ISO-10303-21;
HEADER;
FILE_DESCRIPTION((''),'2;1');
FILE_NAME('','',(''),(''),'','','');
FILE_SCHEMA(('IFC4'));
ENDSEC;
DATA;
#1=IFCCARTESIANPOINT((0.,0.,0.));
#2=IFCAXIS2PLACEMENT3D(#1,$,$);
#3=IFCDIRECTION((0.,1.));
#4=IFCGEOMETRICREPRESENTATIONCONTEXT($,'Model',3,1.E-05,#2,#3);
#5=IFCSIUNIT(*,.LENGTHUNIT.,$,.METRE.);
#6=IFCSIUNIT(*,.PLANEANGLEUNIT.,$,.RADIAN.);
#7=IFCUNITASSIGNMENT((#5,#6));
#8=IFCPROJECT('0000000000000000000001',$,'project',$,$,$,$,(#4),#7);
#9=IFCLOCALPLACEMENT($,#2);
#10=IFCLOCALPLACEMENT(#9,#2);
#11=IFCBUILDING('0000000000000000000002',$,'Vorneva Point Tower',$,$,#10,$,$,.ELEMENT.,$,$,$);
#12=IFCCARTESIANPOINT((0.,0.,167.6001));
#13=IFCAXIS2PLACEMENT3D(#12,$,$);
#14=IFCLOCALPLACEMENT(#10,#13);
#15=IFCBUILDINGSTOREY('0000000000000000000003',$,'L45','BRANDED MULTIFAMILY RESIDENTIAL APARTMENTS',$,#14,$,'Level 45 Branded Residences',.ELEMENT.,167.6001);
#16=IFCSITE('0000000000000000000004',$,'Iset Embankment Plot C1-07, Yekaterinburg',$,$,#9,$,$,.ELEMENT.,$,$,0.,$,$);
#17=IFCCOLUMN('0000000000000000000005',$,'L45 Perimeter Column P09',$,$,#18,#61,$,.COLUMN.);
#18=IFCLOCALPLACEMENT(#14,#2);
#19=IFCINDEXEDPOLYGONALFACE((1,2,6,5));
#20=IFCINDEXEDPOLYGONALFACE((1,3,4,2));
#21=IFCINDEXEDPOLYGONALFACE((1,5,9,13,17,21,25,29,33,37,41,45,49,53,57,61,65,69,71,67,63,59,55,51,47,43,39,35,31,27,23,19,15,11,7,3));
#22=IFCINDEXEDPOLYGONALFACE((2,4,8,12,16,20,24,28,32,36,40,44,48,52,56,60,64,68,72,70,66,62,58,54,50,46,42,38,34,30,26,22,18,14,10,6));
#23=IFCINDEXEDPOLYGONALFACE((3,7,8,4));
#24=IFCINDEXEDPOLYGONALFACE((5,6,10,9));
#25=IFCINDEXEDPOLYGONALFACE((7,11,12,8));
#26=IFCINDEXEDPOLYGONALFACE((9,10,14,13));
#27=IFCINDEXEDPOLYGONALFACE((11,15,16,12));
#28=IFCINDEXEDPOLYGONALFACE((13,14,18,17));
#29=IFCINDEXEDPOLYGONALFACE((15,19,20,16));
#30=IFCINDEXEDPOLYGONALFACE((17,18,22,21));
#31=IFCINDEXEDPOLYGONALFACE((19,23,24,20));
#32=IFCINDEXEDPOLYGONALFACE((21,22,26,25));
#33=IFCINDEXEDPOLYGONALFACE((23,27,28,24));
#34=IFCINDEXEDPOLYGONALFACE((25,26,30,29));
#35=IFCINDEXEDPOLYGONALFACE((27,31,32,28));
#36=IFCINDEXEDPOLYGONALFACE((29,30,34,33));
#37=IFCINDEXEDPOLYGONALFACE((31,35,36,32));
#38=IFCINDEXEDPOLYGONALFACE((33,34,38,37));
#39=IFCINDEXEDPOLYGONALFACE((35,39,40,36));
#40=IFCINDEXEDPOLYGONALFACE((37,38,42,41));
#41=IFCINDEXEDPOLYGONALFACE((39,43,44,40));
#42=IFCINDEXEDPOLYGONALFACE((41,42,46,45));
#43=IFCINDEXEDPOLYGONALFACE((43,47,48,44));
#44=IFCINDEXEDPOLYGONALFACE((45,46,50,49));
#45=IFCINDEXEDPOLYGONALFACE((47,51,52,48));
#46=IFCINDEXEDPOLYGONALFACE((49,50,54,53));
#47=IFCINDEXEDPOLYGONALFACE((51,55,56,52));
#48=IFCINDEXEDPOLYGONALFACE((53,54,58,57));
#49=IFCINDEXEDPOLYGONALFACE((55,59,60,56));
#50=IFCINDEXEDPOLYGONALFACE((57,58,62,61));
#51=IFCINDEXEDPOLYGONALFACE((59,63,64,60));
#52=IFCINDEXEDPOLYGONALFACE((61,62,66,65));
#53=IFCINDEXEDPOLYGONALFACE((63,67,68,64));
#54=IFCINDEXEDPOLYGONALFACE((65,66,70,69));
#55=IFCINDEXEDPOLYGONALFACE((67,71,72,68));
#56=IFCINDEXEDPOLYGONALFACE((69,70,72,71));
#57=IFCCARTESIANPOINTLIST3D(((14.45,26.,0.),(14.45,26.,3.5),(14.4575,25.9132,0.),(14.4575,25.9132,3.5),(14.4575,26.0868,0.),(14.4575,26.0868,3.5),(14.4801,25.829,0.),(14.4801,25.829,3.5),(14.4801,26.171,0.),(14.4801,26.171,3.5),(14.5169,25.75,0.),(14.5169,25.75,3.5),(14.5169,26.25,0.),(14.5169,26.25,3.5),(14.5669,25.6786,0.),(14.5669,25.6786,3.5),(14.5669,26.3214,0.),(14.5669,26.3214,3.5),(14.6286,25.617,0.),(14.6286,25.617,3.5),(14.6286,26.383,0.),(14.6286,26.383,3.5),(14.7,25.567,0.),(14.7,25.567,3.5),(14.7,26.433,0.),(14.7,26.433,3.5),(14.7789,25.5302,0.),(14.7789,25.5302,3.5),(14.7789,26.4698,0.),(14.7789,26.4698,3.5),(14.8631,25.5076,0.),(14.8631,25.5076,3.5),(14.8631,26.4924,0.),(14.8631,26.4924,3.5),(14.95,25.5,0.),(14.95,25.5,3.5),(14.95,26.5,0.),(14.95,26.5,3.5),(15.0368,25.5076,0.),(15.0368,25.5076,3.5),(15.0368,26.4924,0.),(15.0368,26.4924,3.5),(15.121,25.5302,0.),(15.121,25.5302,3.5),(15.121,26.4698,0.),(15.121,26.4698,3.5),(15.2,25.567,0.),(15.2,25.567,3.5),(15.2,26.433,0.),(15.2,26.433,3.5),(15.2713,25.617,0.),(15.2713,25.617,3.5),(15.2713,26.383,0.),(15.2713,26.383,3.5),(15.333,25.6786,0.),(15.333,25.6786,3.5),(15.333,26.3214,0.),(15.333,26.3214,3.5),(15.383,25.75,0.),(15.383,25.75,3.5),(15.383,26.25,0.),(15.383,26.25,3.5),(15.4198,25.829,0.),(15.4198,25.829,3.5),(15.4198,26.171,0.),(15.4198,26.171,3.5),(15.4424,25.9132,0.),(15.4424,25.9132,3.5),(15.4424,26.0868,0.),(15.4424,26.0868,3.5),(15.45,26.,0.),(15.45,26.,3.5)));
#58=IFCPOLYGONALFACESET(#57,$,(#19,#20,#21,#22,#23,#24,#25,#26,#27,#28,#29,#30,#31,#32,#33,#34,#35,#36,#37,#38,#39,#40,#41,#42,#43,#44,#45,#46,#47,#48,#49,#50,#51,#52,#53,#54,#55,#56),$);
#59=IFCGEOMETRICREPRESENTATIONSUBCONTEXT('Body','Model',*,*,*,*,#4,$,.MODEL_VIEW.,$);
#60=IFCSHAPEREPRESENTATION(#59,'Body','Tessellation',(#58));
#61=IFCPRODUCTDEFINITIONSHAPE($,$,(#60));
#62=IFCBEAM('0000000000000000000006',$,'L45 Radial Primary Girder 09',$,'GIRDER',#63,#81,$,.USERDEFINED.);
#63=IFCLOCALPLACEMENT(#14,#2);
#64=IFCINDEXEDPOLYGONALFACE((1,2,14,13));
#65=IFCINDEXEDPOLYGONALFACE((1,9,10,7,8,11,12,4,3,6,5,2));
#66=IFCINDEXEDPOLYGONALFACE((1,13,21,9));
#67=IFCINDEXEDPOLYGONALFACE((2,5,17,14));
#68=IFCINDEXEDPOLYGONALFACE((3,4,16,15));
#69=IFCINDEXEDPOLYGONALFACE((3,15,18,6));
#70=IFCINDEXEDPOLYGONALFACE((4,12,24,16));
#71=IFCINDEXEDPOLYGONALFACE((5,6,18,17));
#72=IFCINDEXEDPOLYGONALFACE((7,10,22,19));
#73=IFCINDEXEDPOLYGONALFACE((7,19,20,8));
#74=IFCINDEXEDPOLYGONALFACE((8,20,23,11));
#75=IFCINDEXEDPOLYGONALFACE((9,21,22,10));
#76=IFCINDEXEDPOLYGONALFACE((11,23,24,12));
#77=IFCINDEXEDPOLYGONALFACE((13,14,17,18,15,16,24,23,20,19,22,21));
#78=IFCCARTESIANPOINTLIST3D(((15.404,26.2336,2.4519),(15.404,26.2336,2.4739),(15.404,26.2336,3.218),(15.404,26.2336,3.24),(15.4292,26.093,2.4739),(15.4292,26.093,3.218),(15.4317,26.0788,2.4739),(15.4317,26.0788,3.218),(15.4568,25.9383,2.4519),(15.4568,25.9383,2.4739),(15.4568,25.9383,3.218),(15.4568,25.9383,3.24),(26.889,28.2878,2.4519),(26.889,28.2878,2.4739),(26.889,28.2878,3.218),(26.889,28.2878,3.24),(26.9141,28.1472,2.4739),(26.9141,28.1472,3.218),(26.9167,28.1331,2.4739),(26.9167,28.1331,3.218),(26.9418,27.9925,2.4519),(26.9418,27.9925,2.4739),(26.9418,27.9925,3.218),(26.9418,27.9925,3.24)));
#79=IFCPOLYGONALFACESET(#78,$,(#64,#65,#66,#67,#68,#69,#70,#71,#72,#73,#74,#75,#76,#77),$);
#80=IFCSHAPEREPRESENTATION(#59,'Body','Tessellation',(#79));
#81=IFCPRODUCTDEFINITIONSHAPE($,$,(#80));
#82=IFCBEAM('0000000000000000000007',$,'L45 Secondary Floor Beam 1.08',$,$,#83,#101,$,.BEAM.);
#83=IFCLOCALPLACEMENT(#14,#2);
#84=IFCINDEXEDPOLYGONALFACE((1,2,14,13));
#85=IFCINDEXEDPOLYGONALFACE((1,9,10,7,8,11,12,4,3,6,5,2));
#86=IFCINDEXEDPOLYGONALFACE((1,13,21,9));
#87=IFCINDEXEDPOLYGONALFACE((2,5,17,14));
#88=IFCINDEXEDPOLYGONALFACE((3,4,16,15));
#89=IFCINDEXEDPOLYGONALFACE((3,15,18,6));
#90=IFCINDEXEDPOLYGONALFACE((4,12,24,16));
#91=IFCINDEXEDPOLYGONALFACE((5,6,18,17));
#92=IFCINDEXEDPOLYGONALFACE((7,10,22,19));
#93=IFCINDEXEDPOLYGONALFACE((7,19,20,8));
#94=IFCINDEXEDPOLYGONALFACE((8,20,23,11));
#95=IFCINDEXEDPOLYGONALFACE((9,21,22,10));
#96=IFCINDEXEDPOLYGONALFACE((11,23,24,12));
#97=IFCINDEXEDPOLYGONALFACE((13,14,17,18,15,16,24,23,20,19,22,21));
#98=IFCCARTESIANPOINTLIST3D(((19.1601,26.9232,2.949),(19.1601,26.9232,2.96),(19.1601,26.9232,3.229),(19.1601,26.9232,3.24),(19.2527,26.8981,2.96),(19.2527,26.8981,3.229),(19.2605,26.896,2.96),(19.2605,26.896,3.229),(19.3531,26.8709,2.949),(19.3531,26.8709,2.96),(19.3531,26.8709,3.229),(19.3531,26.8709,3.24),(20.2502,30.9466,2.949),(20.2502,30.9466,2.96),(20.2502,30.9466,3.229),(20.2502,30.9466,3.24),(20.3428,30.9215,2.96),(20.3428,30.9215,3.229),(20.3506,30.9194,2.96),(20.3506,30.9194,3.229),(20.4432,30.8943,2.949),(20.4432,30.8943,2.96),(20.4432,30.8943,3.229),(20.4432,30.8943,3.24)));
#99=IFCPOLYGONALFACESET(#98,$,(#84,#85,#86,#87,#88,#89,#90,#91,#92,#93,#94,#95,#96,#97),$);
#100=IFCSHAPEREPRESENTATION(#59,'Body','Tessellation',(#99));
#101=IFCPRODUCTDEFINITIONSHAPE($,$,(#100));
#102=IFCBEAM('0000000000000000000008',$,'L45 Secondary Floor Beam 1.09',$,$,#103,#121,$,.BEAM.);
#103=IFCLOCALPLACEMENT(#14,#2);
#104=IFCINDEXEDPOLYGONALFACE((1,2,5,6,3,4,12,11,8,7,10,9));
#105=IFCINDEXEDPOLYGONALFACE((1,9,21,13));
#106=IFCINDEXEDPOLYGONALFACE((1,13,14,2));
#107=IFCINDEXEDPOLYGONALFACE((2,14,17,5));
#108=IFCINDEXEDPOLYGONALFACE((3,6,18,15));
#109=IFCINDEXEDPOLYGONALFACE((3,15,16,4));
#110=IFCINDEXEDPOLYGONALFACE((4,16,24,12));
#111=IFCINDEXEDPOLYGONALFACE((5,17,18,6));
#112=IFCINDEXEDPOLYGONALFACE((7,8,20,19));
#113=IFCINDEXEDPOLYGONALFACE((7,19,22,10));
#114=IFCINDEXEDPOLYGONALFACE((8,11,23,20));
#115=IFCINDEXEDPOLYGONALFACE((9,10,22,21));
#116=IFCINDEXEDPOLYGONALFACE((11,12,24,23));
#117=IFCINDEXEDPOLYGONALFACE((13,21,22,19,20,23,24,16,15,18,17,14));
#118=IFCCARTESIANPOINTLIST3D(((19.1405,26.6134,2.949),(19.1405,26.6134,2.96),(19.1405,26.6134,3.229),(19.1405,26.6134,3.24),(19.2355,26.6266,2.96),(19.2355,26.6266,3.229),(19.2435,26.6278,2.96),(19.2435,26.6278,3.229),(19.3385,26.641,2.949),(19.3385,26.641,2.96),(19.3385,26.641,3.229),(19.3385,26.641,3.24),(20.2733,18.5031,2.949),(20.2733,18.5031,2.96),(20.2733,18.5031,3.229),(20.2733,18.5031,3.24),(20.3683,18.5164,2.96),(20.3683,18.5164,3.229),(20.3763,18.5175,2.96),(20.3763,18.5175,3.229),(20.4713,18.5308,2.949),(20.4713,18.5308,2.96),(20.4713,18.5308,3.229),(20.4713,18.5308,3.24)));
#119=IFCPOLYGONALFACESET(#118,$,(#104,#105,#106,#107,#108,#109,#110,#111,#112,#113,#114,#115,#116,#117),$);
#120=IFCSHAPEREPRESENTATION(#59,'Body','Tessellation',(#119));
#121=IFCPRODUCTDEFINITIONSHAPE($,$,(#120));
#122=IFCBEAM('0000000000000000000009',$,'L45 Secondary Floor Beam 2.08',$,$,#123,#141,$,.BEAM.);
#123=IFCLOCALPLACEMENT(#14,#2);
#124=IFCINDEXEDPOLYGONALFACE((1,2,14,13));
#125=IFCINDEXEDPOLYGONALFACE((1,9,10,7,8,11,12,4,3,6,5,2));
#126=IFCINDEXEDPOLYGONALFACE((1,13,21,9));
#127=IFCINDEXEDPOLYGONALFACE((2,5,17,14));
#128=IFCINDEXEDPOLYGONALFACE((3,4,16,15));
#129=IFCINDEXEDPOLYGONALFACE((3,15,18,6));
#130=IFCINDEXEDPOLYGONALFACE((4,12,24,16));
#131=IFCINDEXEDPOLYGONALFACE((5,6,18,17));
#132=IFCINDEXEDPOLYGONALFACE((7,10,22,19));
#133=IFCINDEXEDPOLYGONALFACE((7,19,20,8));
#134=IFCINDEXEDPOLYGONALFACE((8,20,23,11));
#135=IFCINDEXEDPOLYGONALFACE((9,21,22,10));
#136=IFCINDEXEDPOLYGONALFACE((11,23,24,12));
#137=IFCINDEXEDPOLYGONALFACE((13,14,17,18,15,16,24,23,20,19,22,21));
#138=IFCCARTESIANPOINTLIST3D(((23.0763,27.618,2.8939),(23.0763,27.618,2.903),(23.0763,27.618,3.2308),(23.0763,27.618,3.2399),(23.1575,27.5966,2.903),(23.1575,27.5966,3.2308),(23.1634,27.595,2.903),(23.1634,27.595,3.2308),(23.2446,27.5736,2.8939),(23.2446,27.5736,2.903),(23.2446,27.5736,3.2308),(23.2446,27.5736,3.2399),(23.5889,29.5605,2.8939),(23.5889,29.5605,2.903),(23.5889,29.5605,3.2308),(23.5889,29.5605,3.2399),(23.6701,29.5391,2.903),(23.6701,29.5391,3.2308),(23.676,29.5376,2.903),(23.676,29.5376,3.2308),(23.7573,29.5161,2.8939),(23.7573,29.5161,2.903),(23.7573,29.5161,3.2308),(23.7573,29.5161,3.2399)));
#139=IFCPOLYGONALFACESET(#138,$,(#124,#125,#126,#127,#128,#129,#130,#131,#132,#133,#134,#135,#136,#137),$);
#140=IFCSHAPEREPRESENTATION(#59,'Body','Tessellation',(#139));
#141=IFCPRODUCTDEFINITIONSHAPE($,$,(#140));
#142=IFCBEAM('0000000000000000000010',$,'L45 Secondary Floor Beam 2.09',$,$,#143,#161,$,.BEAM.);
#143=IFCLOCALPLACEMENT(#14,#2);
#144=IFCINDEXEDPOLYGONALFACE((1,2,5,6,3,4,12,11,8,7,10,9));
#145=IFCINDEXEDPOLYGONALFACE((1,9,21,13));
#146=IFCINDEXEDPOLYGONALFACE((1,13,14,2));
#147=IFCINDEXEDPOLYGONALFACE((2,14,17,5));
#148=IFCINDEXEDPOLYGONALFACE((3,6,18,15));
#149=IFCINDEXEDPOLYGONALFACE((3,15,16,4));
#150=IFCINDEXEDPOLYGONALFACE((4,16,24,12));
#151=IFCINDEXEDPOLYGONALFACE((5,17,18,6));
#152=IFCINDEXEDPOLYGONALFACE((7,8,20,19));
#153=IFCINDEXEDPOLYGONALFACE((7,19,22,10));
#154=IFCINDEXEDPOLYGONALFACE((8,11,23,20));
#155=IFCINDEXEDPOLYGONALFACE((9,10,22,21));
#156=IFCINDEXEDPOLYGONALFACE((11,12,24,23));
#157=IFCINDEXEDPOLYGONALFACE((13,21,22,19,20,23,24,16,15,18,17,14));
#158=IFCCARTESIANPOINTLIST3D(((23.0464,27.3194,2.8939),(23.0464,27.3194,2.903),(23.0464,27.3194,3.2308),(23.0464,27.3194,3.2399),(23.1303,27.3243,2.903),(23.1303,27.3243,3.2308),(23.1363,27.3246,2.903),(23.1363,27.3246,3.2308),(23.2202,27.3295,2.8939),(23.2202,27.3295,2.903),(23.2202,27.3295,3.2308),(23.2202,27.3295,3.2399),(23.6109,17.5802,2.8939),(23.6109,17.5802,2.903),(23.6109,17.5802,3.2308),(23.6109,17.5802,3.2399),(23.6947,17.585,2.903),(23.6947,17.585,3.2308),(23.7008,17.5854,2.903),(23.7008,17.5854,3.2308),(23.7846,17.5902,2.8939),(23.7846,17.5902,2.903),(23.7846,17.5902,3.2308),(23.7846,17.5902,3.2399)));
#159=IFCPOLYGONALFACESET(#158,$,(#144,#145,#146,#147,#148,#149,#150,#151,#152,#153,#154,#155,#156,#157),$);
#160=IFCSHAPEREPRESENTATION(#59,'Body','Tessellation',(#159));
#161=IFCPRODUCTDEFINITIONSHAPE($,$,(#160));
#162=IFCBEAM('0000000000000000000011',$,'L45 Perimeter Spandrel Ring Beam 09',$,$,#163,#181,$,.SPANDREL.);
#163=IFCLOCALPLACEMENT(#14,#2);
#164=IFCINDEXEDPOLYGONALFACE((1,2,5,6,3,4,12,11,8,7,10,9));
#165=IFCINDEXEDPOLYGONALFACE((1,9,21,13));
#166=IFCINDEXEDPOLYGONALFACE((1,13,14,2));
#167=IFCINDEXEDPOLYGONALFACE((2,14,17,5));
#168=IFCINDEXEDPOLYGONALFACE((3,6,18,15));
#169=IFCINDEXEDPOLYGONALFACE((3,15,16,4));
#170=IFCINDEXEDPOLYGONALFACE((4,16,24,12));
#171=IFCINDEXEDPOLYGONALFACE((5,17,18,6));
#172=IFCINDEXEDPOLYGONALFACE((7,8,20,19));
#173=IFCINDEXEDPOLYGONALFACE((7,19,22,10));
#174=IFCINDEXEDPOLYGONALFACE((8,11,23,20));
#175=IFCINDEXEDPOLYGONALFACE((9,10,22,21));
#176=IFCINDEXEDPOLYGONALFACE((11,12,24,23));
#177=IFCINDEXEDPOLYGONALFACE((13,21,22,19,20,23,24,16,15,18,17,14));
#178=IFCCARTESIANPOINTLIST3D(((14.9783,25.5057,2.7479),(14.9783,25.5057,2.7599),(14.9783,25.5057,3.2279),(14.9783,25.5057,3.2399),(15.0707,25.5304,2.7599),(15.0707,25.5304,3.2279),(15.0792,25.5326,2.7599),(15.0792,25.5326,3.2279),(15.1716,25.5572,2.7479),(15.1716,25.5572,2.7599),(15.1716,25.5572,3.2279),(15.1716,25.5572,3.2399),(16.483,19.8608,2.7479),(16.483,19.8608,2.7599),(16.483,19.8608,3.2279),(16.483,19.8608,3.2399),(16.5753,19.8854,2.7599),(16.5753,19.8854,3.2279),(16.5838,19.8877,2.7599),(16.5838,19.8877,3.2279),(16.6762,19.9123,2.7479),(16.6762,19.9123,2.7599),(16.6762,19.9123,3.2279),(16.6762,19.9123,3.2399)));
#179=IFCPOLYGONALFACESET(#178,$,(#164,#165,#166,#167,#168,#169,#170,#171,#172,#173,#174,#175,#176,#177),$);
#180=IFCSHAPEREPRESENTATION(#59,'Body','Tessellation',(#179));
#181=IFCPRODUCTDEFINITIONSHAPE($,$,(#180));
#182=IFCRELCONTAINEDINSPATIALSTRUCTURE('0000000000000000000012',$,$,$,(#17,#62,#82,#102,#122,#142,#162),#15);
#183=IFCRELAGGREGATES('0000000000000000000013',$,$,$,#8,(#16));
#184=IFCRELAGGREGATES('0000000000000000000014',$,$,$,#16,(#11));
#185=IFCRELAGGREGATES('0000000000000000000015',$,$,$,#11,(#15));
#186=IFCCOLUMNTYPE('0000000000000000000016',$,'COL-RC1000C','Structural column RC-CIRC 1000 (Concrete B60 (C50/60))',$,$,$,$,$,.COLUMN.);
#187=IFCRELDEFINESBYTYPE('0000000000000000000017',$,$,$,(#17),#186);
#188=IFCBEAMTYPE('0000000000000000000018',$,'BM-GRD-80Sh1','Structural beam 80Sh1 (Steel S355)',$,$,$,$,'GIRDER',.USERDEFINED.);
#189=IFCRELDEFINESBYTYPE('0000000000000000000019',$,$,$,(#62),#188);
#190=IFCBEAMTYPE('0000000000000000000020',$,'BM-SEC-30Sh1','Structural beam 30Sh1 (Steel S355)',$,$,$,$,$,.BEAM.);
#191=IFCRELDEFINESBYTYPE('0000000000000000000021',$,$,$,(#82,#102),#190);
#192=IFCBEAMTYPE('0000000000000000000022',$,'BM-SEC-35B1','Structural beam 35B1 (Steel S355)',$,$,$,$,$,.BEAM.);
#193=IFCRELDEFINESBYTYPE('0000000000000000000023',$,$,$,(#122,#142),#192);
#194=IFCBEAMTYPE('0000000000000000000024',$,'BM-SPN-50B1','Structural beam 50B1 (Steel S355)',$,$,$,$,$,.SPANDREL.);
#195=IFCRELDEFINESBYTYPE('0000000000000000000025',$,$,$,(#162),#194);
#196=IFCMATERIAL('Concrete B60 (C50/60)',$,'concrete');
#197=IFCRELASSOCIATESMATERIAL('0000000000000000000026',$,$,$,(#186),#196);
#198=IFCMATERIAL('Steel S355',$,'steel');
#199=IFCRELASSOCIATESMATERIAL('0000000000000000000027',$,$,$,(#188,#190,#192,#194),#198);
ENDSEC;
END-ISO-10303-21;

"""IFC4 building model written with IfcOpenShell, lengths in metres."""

from ifc_helpers import new_model, si_unit, direction, frame, origin, origin_2d, place, context, subcontext, project, spatial, circle, i_section, extrude, material, material_profile, profile_set, type_object, element, save


model = new_model("IFC4")

# Units and contexts
model_context = context("Model", 3, precision=1e-05, world=origin(), true_north=direction((0.0, 1.0)))
body_context = subcontext(model_context, "Body", "Model", "MODEL_VIEW")
ifc_project = project(units=[si_unit("LENGTHUNIT", "METRE"), si_unit("PLANEANGLEUNIT", "RADIAN")], contexts=[model_context])

# Site, building, storey
site_placement = place(None, origin())
site = spatial("IfcSite", under=ifc_project, at=site_placement, Name="Iset Embankment Plot C1-07, Yekaterinburg", CompositionType="ELEMENT", RefElevation=0.0)
building_placement = place(site_placement, origin())
building = spatial("IfcBuilding", under=site, at=building_placement, Name="Vorneva Point Tower", CompositionType="ELEMENT")
storey_placement = place(building_placement, frame((0.0, 0.0, 167.6001)))
storey = spatial("IfcBuildingStorey", under=building, at=storey_placement, Name="L45", Description="BRANDED MULTIFAMILY RESIDENTIAL APARTMENTS", LongName="Level 45 Branded Residences", CompositionType="ELEMENT", Elevation=167.6001)

# Column
ifc_material_1 = material(Name="Concrete B60 (C50/60)", Category="concrete")
ifc_material_profile_1 = material_profile(ifc_material_1, circle(Radius=0.5, at=origin_2d()), Name="RC-CIRC 1000")
ifc_profile_set_1 = profile_set([ifc_material_profile_1], Name="Concrete B60 (C50/60)")
column_type = type_object("IfcColumnType", Name="COL-RC1000C", Description="Structural column RC-CIRC 1000 (Concrete B60 (C50/60))", PredefinedType="COLUMN", material=ifc_profile_set_1)
column_placement = place(storey_placement, frame((14.95, 26.0, 0.0), z_axis=(0.0, 0.0, 1.0), x_axis=(-1.0, 0.0, 0.0)))
element("IfcColumn", 1, at=column_placement, inside=storey, type_object=column_type, Name="L45 Perimeter Column P09", PredefinedType="COLUMN", context=body_context, shape_type="SweptSolid", body=[
    extrude(circle(Radius=0.5, at=origin_2d()), origin(), (0.0, 0.0, 1.0), 3.5),
])

# Beams
ifc_material_2 = material(Name="Steel S355", Category="steel")
ifc_material_profile_2 = material_profile(ifc_material_2, i_section(OverallWidth=0.3, OverallDepth=0.7881, WebThickness=0.0144, FlangeThickness=0.022, at=origin_2d()), Name="80Sh1")
ifc_profile_set_2 = profile_set([ifc_material_profile_2], Name="Steel S355")
beam_type_1 = type_object("IfcBeamType", Name="BM-GRD-80Sh1", Description="Structural beam 80Sh1 (Steel S355)", ElementType="GIRDER", PredefinedType="USERDEFINED", material=ifc_profile_set_2)
beam_1_placement = place(storey_placement, frame((15.4304, 26.0859, 2.8459), z_axis=(0.984378, 0.176067, 0.0), x_axis=(-0.176067, 0.984378, 0.0)))
element("IfcBeam", 2, at=beam_1_placement, inside=storey, type_object=beam_type_1, Name="L45 Radial Primary Girder 09", ObjectType="GIRDER", PredefinedType="USERDEFINED", context=body_context, shape_type="SweptSolid", body=[
    extrude(i_section(OverallWidth=0.3, OverallDepth=0.7881, WebThickness=0.0144, FlangeThickness=0.022, at=origin_2d()), origin(), (0.0, 0.0, 1.0), 11.6672),
])
ifc_material_profile_3 = material_profile(ifc_material_2, i_section(OverallWidth=0.2, OverallDepth=0.291, WebThickness=0.0081, FlangeThickness=0.011, at=origin_2d()), Name="30Sh1")
ifc_profile_set_3 = profile_set([ifc_material_profile_3], Name="Steel S355")
beam_type_2 = type_object("IfcBeamType", Name="BM-SEC-30Sh1", Description="Structural beam 30Sh1 (Steel S355)", PredefinedType="BEAM", material=ifc_profile_set_3)
beam_2_placement = place(storey_placement, frame((20.3467, 30.9204, 3.0945), z_axis=(-0.261506, -0.965202, 0.0), x_axis=(0.965202, -0.261506, 0.0)))
element("IfcBeam", 3, at=beam_2_placement, inside=storey, type_object=beam_type_2, Name="L45 Secondary Floor Beam 1.08", PredefinedType="BEAM", context=body_context, shape_type="SweptSolid", body=[
    extrude(i_section(OverallWidth=0.2, OverallDepth=0.291, WebThickness=0.0081, FlangeThickness=0.011, at=origin_2d()), origin(), (0.0, 0.0, 1.0), 4.1685),
])
beam_3_placement = place(storey_placement, frame((19.2395, 26.6272, 3.0945), z_axis=(0.138332, -0.990386, 0.0), x_axis=(0.990386, 0.138332, 0.0)))
element("IfcBeam", 4, at=beam_3_placement, inside=storey, type_object=beam_type_2, Name="L45 Secondary Floor Beam 1.09", PredefinedType="BEAM", context=body_context, shape_type="SweptSolid", body=[
    extrude(i_section(OverallWidth=0.2, OverallDepth=0.291, WebThickness=0.0081, FlangeThickness=0.011, at=origin_2d()), origin(), (0.0, 0.0, 1.0), 8.189),
])
ifc_material_profile_4 = material_profile(ifc_material_2, i_section(OverallWidth=0.1741, OverallDepth=0.3459, WebThickness=0.0061, FlangeThickness=0.009, at=origin_2d()), Name="35B1")
ifc_profile_set_4 = profile_set([ifc_material_profile_4], Name="Steel S355")
beam_type_3 = type_object("IfcBeamType", Name="BM-SEC-35B1", Description="Structural beam 35B1 (Steel S355)", PredefinedType="BEAM", material=ifc_profile_set_4)
beam_4_placement = place(storey_placement, frame((23.6731, 29.5383, 3.0669), z_axis=(-0.255181, -0.966893, 0.0), x_axis=(0.966893, -0.255181, 0.0)))
element("IfcBeam", 5, at=beam_4_placement, inside=storey, type_object=beam_type_3, Name="L45 Secondary Floor Beam 2.08", PredefinedType="BEAM", context=body_context, shape_type="SweptSolid", body=[
    extrude(i_section(OverallWidth=0.1741, OverallDepth=0.3459, WebThickness=0.0061, FlangeThickness=0.009, at=origin_2d()), origin(), (0.0, 0.0, 1.0), 2.009),
])
beam_5_placement = place(storey_placement, frame((23.1333, 27.3245, 3.0669), z_axis=(0.057859, -0.998325, 0.0), x_axis=(0.998325, 0.057859, 0.0)))
element("IfcBeam", 6, at=beam_5_placement, inside=storey, type_object=beam_type_3, Name="L45 Secondary Floor Beam 2.09", PredefinedType="BEAM", context=body_context, shape_type="SweptSolid", body=[
    extrude(i_section(OverallWidth=0.1741, OverallDepth=0.3459, WebThickness=0.0061, FlangeThickness=0.009, at=origin_2d()), origin(), (0.0, 0.0, 1.0), 9.7556),
])
ifc_material_profile_5 = material_profile(ifc_material_2, i_section(OverallWidth=0.2, OverallDepth=0.4919, WebThickness=0.0088, FlangeThickness=0.012, at=origin_2d()), Name="50B1")
ifc_profile_set_5 = profile_set([ifc_material_profile_5], Name="Steel S355")
beam_type_4 = type_object("IfcBeamType", Name="BM-SPN-50B1", Description="Structural beam 50B1 (Steel S355)", PredefinedType="SPANDREL", material=ifc_profile_set_5)
beam_6_placement = place(storey_placement, frame((15.075, 25.5315, 2.9939), z_axis=(0.257551, -0.966265, 0.0), x_axis=(0.966265, 0.257551, 0.0)))
element("IfcBeam", 7, at=beam_6_placement, inside=storey, type_object=beam_type_4, Name="L45 Perimeter Spandrel Ring Beam 09", PredefinedType="SPANDREL", context=body_context, shape_type="SweptSolid", body=[
    extrude(i_section(OverallWidth=0.2, OverallDepth=0.4919, WebThickness=0.0088, FlangeThickness=0.012, at=origin_2d()), origin(), (0.0, 0.0, 1.0), 5.842),
])

save(model, "model.ifc")
